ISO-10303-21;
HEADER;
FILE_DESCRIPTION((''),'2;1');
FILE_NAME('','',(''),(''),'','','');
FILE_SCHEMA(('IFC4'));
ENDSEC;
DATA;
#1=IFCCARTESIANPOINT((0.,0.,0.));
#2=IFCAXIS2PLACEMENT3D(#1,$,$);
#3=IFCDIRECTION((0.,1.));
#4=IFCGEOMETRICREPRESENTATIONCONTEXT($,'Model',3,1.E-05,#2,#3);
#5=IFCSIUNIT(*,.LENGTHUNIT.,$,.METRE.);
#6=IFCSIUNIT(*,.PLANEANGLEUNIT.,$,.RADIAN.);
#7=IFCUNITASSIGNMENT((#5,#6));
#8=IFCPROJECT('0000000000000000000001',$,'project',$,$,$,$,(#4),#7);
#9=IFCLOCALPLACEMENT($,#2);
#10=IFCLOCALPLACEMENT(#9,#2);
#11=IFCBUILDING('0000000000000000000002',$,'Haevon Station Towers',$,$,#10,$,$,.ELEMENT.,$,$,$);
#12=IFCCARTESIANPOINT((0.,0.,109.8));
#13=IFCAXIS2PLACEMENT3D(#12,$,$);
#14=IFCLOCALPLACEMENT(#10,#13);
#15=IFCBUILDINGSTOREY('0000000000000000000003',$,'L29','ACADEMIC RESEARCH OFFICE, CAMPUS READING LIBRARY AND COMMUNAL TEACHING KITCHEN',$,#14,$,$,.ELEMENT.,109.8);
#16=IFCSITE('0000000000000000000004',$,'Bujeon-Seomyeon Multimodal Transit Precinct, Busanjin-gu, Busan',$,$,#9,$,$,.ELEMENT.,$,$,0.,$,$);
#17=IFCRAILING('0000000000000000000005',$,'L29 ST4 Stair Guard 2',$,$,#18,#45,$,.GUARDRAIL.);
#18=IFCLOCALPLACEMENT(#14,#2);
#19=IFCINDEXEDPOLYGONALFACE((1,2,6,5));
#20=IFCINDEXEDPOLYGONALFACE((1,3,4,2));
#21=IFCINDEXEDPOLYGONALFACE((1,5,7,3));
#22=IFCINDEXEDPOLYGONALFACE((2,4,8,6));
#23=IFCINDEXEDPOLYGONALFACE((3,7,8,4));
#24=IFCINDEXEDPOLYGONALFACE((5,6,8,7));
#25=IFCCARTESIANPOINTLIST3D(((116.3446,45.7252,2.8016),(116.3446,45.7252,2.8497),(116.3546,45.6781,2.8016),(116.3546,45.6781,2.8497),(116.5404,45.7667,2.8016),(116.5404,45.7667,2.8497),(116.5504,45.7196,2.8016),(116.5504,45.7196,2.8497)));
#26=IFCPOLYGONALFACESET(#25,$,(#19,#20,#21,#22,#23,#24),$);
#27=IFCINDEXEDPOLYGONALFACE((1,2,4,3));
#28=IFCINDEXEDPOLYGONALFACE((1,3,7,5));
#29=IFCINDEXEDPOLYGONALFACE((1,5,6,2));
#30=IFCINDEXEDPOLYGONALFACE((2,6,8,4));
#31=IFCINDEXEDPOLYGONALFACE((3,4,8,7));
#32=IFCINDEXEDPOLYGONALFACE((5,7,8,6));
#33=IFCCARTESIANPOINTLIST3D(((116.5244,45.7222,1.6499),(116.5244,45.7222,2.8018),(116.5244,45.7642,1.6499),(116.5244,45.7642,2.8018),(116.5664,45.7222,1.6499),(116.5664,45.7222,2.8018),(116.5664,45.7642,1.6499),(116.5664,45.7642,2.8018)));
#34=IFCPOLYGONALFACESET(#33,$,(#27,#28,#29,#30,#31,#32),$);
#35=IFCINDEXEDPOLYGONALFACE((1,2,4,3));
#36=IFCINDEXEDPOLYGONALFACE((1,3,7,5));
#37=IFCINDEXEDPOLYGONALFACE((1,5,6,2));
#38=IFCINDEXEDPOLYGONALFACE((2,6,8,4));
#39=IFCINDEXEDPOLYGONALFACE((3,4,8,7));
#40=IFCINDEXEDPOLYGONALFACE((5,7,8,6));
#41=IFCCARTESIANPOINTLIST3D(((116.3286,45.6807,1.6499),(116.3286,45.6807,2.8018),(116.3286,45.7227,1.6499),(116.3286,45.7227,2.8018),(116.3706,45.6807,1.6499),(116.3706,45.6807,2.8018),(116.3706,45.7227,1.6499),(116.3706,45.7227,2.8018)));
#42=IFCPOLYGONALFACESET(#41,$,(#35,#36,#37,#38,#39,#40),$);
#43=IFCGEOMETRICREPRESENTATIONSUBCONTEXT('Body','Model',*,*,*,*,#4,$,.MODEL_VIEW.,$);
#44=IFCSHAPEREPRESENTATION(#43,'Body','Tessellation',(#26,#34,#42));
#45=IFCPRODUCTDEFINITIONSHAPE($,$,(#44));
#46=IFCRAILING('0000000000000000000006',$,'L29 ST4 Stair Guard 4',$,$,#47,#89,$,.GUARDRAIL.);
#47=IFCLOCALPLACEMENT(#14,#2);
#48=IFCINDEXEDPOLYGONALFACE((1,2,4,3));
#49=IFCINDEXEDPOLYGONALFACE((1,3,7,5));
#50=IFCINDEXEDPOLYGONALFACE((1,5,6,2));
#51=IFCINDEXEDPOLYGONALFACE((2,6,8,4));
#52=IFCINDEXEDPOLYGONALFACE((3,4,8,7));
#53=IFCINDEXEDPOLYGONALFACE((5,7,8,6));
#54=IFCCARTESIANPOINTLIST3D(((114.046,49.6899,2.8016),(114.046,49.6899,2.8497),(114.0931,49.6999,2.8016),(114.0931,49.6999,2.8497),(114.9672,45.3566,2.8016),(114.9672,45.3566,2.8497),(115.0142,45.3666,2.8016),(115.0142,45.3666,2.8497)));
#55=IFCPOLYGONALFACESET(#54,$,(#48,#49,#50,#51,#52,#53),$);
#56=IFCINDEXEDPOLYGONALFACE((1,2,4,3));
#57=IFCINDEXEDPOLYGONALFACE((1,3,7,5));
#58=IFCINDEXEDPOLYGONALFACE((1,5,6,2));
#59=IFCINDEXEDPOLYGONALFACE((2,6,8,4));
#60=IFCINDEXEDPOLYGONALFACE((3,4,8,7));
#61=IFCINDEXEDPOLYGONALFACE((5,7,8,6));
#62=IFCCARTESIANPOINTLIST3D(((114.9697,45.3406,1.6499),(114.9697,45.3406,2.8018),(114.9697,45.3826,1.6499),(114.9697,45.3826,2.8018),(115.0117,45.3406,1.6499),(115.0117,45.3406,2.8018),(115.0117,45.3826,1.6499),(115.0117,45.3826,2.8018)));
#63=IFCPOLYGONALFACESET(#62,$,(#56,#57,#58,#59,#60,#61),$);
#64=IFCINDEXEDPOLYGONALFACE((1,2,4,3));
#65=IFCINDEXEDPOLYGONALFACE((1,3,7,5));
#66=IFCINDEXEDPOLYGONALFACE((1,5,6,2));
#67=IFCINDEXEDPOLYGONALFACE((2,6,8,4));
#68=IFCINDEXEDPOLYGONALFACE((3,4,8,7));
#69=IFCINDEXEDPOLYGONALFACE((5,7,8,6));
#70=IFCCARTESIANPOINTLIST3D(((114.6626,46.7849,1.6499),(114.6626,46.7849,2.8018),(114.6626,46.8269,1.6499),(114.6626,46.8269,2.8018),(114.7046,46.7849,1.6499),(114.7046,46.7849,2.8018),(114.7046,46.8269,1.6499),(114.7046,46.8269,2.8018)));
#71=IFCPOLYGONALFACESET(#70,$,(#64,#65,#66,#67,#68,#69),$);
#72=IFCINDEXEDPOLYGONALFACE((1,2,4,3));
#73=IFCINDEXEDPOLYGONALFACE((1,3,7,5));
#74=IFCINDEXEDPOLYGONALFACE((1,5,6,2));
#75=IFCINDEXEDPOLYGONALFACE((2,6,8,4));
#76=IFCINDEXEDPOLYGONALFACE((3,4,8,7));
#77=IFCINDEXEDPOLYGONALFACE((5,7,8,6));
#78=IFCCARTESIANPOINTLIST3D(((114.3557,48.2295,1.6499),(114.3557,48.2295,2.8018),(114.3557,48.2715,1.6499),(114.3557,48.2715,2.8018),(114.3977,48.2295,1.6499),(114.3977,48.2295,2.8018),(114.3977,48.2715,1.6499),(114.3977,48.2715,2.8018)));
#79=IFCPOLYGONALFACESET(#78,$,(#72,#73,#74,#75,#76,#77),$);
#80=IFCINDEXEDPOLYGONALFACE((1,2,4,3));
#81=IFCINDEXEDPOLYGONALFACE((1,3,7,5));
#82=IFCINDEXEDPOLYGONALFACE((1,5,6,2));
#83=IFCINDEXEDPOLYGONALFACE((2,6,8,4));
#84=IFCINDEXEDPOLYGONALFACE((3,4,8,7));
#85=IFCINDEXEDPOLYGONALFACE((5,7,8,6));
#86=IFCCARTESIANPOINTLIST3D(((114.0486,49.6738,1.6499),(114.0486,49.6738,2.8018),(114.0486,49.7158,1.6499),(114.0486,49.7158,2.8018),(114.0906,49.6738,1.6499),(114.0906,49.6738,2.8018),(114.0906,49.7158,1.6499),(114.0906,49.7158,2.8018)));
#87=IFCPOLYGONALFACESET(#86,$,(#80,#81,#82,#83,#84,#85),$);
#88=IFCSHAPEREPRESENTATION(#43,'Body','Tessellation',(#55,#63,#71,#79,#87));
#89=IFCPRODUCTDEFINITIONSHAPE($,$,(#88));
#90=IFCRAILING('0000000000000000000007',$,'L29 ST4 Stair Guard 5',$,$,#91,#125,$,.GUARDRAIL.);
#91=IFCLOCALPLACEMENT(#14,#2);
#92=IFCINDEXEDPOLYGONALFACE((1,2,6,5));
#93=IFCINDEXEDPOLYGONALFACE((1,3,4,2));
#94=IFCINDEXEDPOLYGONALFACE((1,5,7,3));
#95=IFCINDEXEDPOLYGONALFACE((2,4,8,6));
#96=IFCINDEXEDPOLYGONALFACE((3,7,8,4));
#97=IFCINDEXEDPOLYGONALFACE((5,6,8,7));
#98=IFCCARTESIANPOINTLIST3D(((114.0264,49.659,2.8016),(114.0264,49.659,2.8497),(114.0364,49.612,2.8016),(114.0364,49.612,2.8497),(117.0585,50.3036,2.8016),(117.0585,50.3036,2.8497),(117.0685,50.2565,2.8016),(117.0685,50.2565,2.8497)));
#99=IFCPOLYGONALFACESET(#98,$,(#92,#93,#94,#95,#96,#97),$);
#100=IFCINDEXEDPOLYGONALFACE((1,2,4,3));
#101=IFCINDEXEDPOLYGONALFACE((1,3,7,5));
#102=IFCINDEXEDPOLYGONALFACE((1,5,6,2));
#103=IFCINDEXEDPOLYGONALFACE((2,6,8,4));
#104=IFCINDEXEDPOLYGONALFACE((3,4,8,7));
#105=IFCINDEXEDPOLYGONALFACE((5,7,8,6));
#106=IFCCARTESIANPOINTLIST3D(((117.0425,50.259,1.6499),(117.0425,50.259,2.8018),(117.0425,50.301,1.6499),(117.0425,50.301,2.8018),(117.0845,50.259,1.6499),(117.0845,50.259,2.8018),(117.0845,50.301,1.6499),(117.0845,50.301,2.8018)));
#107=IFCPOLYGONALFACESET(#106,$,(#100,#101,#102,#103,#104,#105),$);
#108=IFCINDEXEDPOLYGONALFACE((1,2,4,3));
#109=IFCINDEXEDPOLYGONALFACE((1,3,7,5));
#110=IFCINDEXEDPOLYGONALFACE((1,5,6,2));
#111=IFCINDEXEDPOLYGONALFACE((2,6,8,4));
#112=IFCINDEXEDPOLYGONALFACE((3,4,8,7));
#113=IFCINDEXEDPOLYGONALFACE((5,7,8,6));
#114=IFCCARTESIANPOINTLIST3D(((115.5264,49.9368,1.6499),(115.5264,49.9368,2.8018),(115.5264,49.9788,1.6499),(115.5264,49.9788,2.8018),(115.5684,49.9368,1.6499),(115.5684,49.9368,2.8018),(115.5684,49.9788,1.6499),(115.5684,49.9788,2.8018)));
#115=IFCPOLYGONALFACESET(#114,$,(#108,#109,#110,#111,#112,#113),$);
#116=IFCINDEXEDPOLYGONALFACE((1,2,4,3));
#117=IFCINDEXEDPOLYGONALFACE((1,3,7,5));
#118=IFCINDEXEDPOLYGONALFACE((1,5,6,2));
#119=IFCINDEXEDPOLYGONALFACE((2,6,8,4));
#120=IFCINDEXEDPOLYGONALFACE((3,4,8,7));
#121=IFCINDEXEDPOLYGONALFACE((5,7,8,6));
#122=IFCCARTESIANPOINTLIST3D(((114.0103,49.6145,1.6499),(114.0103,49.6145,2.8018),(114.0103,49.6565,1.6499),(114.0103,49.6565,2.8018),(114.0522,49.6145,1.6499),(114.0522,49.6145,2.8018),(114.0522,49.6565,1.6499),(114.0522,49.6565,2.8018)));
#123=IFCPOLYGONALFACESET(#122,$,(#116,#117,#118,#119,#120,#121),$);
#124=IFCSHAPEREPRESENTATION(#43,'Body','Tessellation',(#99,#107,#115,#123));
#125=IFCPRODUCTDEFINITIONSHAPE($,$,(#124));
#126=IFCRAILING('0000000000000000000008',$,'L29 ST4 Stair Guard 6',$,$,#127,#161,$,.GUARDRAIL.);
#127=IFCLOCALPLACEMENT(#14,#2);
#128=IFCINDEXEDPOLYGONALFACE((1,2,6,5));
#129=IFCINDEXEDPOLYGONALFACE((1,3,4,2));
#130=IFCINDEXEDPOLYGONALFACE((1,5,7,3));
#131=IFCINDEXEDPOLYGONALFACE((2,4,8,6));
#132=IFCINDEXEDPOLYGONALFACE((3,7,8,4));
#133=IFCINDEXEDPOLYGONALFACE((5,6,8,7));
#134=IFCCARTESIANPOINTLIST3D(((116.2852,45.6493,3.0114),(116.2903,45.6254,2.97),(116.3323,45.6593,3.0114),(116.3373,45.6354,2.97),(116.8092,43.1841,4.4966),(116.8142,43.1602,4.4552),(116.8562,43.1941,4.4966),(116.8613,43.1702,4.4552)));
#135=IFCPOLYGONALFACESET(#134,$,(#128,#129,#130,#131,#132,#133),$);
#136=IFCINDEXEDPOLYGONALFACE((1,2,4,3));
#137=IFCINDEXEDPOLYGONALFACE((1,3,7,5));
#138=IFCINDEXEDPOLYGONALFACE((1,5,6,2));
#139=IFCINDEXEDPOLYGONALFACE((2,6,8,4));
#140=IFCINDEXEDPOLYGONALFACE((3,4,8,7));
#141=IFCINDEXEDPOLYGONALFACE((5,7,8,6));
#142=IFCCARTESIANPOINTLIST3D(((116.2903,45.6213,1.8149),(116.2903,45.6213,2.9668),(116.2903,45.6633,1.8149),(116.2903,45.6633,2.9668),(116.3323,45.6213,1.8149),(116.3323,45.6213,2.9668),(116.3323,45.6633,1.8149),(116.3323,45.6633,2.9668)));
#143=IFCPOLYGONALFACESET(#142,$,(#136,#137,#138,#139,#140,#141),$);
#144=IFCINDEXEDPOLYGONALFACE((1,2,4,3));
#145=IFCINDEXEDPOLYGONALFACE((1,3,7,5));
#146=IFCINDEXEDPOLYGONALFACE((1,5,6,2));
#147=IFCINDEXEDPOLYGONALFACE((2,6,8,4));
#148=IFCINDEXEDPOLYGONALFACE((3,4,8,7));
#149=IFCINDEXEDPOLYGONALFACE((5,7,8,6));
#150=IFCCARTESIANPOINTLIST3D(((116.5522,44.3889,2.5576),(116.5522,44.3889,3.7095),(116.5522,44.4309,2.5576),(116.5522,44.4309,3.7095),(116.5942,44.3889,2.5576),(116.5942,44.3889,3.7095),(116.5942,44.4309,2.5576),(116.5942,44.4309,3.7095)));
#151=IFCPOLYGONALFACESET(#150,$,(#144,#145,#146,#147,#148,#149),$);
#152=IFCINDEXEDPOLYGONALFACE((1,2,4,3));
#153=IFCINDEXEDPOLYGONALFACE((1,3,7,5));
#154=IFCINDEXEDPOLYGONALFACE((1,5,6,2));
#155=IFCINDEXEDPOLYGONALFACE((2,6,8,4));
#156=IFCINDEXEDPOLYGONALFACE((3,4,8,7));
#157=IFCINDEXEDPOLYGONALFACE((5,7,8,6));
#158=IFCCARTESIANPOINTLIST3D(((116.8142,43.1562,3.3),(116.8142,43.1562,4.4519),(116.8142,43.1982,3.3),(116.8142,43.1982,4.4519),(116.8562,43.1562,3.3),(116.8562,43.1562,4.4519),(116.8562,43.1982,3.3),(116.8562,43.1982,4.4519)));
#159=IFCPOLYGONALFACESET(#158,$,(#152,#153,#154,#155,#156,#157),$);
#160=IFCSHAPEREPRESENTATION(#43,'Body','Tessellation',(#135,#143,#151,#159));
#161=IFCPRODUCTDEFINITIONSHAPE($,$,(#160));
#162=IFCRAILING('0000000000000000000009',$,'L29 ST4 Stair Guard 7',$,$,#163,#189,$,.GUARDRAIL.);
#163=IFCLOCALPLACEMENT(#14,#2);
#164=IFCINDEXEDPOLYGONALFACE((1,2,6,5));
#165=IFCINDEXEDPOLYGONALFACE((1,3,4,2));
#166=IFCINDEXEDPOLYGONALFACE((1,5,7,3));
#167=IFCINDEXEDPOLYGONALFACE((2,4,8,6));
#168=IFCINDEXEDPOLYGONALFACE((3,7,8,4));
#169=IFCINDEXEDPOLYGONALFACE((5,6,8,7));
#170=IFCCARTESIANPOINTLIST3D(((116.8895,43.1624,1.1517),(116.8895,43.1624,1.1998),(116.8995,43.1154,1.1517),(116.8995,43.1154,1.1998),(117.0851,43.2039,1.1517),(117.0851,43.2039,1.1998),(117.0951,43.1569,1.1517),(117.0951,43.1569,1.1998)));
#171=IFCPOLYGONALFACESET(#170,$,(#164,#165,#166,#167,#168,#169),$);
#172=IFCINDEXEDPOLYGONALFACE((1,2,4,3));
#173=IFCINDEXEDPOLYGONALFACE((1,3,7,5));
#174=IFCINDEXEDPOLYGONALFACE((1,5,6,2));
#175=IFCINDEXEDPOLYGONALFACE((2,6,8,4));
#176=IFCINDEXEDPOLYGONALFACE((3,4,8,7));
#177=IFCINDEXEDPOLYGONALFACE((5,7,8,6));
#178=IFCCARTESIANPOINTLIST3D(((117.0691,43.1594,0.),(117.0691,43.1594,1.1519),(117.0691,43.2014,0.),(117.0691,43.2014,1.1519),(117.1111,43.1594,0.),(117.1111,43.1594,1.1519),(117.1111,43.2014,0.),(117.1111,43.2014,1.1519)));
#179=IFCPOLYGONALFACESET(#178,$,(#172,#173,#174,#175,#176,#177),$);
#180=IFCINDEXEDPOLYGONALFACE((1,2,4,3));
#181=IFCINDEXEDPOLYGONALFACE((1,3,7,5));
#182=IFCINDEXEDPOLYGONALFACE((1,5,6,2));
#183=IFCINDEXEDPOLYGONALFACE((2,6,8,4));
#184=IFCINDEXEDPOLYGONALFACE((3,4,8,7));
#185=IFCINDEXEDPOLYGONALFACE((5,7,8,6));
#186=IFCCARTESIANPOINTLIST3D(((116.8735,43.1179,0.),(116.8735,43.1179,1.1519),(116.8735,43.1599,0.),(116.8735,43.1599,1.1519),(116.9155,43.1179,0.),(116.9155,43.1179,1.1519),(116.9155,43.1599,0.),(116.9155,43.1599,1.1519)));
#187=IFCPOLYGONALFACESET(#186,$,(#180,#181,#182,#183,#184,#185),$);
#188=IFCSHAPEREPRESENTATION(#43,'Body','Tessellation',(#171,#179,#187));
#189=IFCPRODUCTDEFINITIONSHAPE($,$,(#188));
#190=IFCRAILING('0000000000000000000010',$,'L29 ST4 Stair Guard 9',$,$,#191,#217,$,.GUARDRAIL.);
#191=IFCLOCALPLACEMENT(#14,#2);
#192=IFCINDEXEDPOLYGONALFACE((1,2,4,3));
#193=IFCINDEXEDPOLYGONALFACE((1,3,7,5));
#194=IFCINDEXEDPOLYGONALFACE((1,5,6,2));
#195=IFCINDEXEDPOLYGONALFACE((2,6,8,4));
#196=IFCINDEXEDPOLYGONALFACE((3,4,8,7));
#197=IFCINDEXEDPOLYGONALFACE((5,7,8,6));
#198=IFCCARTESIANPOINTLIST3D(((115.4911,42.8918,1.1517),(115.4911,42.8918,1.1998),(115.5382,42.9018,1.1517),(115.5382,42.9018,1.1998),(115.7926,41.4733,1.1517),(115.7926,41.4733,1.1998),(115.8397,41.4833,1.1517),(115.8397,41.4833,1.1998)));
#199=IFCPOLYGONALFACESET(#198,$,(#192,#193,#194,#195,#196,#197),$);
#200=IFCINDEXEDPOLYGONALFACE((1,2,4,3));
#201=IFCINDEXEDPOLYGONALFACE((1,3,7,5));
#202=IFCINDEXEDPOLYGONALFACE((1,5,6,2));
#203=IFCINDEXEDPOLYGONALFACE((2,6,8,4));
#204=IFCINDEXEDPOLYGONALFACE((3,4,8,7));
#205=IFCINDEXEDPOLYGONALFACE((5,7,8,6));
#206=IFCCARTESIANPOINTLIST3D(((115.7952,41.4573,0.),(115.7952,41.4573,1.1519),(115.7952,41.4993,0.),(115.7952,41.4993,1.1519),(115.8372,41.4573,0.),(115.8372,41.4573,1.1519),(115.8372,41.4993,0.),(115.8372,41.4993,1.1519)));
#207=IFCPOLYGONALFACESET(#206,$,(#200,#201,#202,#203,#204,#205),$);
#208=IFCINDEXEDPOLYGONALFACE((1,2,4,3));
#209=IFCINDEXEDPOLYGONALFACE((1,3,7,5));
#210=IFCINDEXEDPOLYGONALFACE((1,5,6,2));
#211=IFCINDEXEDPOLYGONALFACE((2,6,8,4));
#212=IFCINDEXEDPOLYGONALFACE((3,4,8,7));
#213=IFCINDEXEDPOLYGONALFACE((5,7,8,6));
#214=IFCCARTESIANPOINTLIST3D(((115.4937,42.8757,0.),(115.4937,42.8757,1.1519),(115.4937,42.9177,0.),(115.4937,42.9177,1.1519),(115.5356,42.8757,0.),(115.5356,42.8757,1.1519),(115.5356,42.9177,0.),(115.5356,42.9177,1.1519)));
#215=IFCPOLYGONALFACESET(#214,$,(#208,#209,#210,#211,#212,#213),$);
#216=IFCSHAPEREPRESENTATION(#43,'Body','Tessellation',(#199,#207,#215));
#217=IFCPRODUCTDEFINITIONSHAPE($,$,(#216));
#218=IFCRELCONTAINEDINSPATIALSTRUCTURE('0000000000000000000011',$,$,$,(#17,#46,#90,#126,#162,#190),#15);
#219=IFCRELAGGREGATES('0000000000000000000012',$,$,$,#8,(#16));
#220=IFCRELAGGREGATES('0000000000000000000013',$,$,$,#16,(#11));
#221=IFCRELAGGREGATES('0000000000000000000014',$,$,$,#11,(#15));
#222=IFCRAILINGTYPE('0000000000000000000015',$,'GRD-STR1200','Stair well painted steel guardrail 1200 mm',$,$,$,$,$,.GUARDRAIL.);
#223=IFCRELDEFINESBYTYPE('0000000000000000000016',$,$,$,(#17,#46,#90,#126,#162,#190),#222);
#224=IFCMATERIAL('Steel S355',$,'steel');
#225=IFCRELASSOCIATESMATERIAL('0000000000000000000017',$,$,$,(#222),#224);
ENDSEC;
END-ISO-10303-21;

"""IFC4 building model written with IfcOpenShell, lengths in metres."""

from ifc_helpers import new_model, si_unit, direction, frame, origin, origin_2d, place, context, subcontext, project, spatial, rectangle, extrude, material, type_object, element, save


model = new_model("IFC4")

# Units and contexts
model_context = context("Model", 3, precision=1e-05, world=origin(), true_north=direction((0.0, 1.0)))
body_context = subcontext(model_context, "Body", "Model", "MODEL_VIEW")
ifc_project = project(units=[si_unit("LENGTHUNIT", "METRE"), si_unit("PLANEANGLEUNIT", "RADIAN")], contexts=[model_context])

# Site, building, storey
site_placement = place(None, origin())
site = spatial("IfcSite", under=ifc_project, at=site_placement, Name="Bujeon-Seomyeon Multimodal Transit Precinct, Busanjin-gu, Busan", CompositionType="ELEMENT", RefElevation=0.0)
building_placement = place(site_placement, origin())
building = spatial("IfcBuilding", under=site, at=building_placement, Name="Haevon Station Towers", CompositionType="ELEMENT")
storey_placement = place(building_placement, frame((0.0, 0.0, 109.8)))
storey = spatial("IfcBuildingStorey", under=building, at=storey_placement, Name="L29", Description="ACADEMIC RESEARCH OFFICE, CAMPUS READING LIBRARY AND COMMUNAL TEACHING KITCHEN", CompositionType="ELEMENT", Elevation=109.8)

# Railings
ifc_material_1 = material(Name="Steel S355", Category="steel")
railing_type_1 = type_object("IfcRailingType", Name="GRD-STR1200", Description="Stair well painted steel guardrail 1200 mm", PredefinedType="GUARDRAIL", material=ifc_material_1)
railing_1_placement = place(storey_placement, frame((116.5454, 45.7432, 1.6499)))
element("IfcRailing", 1, at=railing_1_placement, inside=storey, type_object=railing_type_1, Name="L29 ST4 Stair Guard 2", PredefinedType="GUARDRAIL", context=body_context, shape_type="SweptSolid", body=[
    extrude(rectangle(XDim=0.0481, YDim=0.0481, at=origin_2d()), frame((0.0, 0.0, 1.1758), z_axis=(-0.978264, -0.207363, 0.0), x_axis=(0.207363, -0.978264, 0.0)), (0.0, 0.0, 1.0), 0.2002),
    extrude(rectangle(XDim=0.042, YDim=0.042, at=origin_2d()), origin(), (0.0, 0.0, 1.0), 1.1519),
    extrude(rectangle(XDim=0.042, YDim=0.042, at=origin_2d()), frame((-0.1958, -0.0415, 0.0)), (0.0, 0.0, 1.0), 1.1519),
])
railing_2_placement = place(storey_placement, frame((114.9907, 45.3616, 1.6499)))
element("IfcRailing", 2, at=railing_2_placement, inside=storey, type_object=railing_type_1, Name="L29 ST4 Stair Guard 4", PredefinedType="GUARDRAIL", context=body_context, shape_type="SweptSolid", body=[
    extrude(rectangle(XDim=0.0481, YDim=0.0481, at=origin_2d()), frame((0.0, 0.0, 1.1758), z_axis=(-0.207929, 0.978144, 0.0), x_axis=(-0.978144, -0.207929, 0.0)), (0.0, 0.0, 1.0), 4.4302),
    extrude(rectangle(XDim=0.042, YDim=0.042, at=origin_2d()), origin(), (0.0, 0.0, 1.0), 1.1519),
    extrude(rectangle(XDim=0.042, YDim=0.042, at=origin_2d()), frame((-0.3071, 1.4443, 0.0)), (0.0, 0.0, 1.0), 1.1519),
    extrude(rectangle(XDim=0.042, YDim=0.042, at=origin_2d()), frame((-0.614, 2.8889, 0.0)), (0.0, 0.0, 1.0), 1.1519),
    extrude(rectangle(XDim=0.042, YDim=0.042, at=origin_2d()), frame((-0.9211, 4.3333, 0.0)), (0.0, 0.0, 1.0), 1.1519),
])
railing_3_placement = place(storey_placement, frame((117.0635, 50.28, 1.6499)))
element("IfcRailing", 3, at=railing_3_placement, inside=storey, type_object=railing_type_1, Name="L29 ST4 Stair Guard 5", PredefinedType="GUARDRAIL", context=body_context, shape_type="SweptSolid", body=[
    extrude(rectangle(XDim=0.0481, YDim=0.0481, at=origin_2d()), frame((0.0, 0.0, 1.1758), z_axis=(-0.978147, -0.207915, 0.0), x_axis=(0.207915, -0.978147, 0.0)), (0.0, 0.0, 1.0), 3.0999),
    extrude(rectangle(XDim=0.042, YDim=0.042, at=origin_2d()), origin(), (0.0, 0.0, 1.0), 1.1519),
    extrude(rectangle(XDim=0.042, YDim=0.042, at=origin_2d()), frame((-1.5161, -0.3223, 0.0)), (0.0, 0.0, 1.0), 1.1519),
    extrude(rectangle(XDim=0.042, YDim=0.042, at=origin_2d()), frame((-3.0322, -0.6445, 0.0)), (0.0, 0.0, 1.0), 1.1519),
])
railing_4_placement = place(storey_placement, frame((116.3113, 45.6423, 1.8149)))
element("IfcRailing", 4, at=railing_4_placement, inside=storey, type_object=railing_type_1, Name="L29 ST4 Stair Guard 6", PredefinedType="GUARDRAIL", context=body_context, shape_type="SweptSolid", body=[
    extrude(rectangle(XDim=0.0481, YDim=0.0481, at=origin_2d()), frame((0.0, 0.0, 1.1758), z_axis=(0.179109, -0.842712, 0.507697), x_axis=(0.978151, 0.207895, 0.0)), (0.0, 0.0, 1.0), 2.9253),
    extrude(rectangle(XDim=0.042, YDim=0.042, at=origin_2d()), origin(), (0.0, 0.0, 1.0), 1.1519),
    extrude(rectangle(XDim=0.042, YDim=0.042, at=origin_2d()), frame((0.262, -1.2324, 0.7427)), (0.0, 0.0, 1.0), 1.1519),
    extrude(rectangle(XDim=0.042, YDim=0.042, at=origin_2d()), frame((0.5239, -2.4651, 1.4851)), (0.0, 0.0, 1.0), 1.1519),
])
railing_5_placement = place(storey_placement, frame((117.0901, 43.1804, 0.0)))
element("IfcRailing", 5, at=railing_5_placement, inside=storey, type_object=railing_type_1, Name="L29 ST4 Stair Guard 7", PredefinedType="GUARDRAIL", context=body_context, shape_type="SweptSolid", body=[
    extrude(rectangle(XDim=0.0481, YDim=0.0481, at=origin_2d()), frame((0.0, 0.0, 1.1758), z_axis=(-0.978212, -0.20761, 0.0), x_axis=(0.20761, -0.978212, 0.0)), (0.0, 0.0, 1.0), 0.2),
    extrude(rectangle(XDim=0.042, YDim=0.042, at=origin_2d()), origin(), (0.0, 0.0, 1.0), 1.1519),
    extrude(rectangle(XDim=0.042, YDim=0.042, at=origin_2d()), frame((-0.1956, -0.0415, 0.0)), (0.0, 0.0, 1.0), 1.1519),
])
railing_6_placement = place(storey_placement, frame((115.8162, 41.4783, 0.0)))
element("IfcRailing", 6, at=railing_6_placement, inside=storey, type_object=railing_type_1, Name="L29 ST4 Stair Guard 9", PredefinedType="GUARDRAIL", context=body_context, shape_type="SweptSolid", body=[
    extrude(rectangle(XDim=0.0481, YDim=0.0481, at=origin_2d()), frame((0.0, 0.0, 1.1758), z_axis=(-0.207919, 0.978146, 0.0), x_axis=(-0.978146, -0.207919, 0.0)), (0.0, 0.0, 1.0), 1.4502),
    extrude(rectangle(XDim=0.042, YDim=0.042, at=origin_2d()), origin(), (0.0, 0.0, 1.0), 1.1519),
    extrude(rectangle(XDim=0.042, YDim=0.042, at=origin_2d()), frame((-0.3015, 1.4185, 0.0)), (0.0, 0.0, 1.0), 1.1519),
])

save(model, "model.ifc")
